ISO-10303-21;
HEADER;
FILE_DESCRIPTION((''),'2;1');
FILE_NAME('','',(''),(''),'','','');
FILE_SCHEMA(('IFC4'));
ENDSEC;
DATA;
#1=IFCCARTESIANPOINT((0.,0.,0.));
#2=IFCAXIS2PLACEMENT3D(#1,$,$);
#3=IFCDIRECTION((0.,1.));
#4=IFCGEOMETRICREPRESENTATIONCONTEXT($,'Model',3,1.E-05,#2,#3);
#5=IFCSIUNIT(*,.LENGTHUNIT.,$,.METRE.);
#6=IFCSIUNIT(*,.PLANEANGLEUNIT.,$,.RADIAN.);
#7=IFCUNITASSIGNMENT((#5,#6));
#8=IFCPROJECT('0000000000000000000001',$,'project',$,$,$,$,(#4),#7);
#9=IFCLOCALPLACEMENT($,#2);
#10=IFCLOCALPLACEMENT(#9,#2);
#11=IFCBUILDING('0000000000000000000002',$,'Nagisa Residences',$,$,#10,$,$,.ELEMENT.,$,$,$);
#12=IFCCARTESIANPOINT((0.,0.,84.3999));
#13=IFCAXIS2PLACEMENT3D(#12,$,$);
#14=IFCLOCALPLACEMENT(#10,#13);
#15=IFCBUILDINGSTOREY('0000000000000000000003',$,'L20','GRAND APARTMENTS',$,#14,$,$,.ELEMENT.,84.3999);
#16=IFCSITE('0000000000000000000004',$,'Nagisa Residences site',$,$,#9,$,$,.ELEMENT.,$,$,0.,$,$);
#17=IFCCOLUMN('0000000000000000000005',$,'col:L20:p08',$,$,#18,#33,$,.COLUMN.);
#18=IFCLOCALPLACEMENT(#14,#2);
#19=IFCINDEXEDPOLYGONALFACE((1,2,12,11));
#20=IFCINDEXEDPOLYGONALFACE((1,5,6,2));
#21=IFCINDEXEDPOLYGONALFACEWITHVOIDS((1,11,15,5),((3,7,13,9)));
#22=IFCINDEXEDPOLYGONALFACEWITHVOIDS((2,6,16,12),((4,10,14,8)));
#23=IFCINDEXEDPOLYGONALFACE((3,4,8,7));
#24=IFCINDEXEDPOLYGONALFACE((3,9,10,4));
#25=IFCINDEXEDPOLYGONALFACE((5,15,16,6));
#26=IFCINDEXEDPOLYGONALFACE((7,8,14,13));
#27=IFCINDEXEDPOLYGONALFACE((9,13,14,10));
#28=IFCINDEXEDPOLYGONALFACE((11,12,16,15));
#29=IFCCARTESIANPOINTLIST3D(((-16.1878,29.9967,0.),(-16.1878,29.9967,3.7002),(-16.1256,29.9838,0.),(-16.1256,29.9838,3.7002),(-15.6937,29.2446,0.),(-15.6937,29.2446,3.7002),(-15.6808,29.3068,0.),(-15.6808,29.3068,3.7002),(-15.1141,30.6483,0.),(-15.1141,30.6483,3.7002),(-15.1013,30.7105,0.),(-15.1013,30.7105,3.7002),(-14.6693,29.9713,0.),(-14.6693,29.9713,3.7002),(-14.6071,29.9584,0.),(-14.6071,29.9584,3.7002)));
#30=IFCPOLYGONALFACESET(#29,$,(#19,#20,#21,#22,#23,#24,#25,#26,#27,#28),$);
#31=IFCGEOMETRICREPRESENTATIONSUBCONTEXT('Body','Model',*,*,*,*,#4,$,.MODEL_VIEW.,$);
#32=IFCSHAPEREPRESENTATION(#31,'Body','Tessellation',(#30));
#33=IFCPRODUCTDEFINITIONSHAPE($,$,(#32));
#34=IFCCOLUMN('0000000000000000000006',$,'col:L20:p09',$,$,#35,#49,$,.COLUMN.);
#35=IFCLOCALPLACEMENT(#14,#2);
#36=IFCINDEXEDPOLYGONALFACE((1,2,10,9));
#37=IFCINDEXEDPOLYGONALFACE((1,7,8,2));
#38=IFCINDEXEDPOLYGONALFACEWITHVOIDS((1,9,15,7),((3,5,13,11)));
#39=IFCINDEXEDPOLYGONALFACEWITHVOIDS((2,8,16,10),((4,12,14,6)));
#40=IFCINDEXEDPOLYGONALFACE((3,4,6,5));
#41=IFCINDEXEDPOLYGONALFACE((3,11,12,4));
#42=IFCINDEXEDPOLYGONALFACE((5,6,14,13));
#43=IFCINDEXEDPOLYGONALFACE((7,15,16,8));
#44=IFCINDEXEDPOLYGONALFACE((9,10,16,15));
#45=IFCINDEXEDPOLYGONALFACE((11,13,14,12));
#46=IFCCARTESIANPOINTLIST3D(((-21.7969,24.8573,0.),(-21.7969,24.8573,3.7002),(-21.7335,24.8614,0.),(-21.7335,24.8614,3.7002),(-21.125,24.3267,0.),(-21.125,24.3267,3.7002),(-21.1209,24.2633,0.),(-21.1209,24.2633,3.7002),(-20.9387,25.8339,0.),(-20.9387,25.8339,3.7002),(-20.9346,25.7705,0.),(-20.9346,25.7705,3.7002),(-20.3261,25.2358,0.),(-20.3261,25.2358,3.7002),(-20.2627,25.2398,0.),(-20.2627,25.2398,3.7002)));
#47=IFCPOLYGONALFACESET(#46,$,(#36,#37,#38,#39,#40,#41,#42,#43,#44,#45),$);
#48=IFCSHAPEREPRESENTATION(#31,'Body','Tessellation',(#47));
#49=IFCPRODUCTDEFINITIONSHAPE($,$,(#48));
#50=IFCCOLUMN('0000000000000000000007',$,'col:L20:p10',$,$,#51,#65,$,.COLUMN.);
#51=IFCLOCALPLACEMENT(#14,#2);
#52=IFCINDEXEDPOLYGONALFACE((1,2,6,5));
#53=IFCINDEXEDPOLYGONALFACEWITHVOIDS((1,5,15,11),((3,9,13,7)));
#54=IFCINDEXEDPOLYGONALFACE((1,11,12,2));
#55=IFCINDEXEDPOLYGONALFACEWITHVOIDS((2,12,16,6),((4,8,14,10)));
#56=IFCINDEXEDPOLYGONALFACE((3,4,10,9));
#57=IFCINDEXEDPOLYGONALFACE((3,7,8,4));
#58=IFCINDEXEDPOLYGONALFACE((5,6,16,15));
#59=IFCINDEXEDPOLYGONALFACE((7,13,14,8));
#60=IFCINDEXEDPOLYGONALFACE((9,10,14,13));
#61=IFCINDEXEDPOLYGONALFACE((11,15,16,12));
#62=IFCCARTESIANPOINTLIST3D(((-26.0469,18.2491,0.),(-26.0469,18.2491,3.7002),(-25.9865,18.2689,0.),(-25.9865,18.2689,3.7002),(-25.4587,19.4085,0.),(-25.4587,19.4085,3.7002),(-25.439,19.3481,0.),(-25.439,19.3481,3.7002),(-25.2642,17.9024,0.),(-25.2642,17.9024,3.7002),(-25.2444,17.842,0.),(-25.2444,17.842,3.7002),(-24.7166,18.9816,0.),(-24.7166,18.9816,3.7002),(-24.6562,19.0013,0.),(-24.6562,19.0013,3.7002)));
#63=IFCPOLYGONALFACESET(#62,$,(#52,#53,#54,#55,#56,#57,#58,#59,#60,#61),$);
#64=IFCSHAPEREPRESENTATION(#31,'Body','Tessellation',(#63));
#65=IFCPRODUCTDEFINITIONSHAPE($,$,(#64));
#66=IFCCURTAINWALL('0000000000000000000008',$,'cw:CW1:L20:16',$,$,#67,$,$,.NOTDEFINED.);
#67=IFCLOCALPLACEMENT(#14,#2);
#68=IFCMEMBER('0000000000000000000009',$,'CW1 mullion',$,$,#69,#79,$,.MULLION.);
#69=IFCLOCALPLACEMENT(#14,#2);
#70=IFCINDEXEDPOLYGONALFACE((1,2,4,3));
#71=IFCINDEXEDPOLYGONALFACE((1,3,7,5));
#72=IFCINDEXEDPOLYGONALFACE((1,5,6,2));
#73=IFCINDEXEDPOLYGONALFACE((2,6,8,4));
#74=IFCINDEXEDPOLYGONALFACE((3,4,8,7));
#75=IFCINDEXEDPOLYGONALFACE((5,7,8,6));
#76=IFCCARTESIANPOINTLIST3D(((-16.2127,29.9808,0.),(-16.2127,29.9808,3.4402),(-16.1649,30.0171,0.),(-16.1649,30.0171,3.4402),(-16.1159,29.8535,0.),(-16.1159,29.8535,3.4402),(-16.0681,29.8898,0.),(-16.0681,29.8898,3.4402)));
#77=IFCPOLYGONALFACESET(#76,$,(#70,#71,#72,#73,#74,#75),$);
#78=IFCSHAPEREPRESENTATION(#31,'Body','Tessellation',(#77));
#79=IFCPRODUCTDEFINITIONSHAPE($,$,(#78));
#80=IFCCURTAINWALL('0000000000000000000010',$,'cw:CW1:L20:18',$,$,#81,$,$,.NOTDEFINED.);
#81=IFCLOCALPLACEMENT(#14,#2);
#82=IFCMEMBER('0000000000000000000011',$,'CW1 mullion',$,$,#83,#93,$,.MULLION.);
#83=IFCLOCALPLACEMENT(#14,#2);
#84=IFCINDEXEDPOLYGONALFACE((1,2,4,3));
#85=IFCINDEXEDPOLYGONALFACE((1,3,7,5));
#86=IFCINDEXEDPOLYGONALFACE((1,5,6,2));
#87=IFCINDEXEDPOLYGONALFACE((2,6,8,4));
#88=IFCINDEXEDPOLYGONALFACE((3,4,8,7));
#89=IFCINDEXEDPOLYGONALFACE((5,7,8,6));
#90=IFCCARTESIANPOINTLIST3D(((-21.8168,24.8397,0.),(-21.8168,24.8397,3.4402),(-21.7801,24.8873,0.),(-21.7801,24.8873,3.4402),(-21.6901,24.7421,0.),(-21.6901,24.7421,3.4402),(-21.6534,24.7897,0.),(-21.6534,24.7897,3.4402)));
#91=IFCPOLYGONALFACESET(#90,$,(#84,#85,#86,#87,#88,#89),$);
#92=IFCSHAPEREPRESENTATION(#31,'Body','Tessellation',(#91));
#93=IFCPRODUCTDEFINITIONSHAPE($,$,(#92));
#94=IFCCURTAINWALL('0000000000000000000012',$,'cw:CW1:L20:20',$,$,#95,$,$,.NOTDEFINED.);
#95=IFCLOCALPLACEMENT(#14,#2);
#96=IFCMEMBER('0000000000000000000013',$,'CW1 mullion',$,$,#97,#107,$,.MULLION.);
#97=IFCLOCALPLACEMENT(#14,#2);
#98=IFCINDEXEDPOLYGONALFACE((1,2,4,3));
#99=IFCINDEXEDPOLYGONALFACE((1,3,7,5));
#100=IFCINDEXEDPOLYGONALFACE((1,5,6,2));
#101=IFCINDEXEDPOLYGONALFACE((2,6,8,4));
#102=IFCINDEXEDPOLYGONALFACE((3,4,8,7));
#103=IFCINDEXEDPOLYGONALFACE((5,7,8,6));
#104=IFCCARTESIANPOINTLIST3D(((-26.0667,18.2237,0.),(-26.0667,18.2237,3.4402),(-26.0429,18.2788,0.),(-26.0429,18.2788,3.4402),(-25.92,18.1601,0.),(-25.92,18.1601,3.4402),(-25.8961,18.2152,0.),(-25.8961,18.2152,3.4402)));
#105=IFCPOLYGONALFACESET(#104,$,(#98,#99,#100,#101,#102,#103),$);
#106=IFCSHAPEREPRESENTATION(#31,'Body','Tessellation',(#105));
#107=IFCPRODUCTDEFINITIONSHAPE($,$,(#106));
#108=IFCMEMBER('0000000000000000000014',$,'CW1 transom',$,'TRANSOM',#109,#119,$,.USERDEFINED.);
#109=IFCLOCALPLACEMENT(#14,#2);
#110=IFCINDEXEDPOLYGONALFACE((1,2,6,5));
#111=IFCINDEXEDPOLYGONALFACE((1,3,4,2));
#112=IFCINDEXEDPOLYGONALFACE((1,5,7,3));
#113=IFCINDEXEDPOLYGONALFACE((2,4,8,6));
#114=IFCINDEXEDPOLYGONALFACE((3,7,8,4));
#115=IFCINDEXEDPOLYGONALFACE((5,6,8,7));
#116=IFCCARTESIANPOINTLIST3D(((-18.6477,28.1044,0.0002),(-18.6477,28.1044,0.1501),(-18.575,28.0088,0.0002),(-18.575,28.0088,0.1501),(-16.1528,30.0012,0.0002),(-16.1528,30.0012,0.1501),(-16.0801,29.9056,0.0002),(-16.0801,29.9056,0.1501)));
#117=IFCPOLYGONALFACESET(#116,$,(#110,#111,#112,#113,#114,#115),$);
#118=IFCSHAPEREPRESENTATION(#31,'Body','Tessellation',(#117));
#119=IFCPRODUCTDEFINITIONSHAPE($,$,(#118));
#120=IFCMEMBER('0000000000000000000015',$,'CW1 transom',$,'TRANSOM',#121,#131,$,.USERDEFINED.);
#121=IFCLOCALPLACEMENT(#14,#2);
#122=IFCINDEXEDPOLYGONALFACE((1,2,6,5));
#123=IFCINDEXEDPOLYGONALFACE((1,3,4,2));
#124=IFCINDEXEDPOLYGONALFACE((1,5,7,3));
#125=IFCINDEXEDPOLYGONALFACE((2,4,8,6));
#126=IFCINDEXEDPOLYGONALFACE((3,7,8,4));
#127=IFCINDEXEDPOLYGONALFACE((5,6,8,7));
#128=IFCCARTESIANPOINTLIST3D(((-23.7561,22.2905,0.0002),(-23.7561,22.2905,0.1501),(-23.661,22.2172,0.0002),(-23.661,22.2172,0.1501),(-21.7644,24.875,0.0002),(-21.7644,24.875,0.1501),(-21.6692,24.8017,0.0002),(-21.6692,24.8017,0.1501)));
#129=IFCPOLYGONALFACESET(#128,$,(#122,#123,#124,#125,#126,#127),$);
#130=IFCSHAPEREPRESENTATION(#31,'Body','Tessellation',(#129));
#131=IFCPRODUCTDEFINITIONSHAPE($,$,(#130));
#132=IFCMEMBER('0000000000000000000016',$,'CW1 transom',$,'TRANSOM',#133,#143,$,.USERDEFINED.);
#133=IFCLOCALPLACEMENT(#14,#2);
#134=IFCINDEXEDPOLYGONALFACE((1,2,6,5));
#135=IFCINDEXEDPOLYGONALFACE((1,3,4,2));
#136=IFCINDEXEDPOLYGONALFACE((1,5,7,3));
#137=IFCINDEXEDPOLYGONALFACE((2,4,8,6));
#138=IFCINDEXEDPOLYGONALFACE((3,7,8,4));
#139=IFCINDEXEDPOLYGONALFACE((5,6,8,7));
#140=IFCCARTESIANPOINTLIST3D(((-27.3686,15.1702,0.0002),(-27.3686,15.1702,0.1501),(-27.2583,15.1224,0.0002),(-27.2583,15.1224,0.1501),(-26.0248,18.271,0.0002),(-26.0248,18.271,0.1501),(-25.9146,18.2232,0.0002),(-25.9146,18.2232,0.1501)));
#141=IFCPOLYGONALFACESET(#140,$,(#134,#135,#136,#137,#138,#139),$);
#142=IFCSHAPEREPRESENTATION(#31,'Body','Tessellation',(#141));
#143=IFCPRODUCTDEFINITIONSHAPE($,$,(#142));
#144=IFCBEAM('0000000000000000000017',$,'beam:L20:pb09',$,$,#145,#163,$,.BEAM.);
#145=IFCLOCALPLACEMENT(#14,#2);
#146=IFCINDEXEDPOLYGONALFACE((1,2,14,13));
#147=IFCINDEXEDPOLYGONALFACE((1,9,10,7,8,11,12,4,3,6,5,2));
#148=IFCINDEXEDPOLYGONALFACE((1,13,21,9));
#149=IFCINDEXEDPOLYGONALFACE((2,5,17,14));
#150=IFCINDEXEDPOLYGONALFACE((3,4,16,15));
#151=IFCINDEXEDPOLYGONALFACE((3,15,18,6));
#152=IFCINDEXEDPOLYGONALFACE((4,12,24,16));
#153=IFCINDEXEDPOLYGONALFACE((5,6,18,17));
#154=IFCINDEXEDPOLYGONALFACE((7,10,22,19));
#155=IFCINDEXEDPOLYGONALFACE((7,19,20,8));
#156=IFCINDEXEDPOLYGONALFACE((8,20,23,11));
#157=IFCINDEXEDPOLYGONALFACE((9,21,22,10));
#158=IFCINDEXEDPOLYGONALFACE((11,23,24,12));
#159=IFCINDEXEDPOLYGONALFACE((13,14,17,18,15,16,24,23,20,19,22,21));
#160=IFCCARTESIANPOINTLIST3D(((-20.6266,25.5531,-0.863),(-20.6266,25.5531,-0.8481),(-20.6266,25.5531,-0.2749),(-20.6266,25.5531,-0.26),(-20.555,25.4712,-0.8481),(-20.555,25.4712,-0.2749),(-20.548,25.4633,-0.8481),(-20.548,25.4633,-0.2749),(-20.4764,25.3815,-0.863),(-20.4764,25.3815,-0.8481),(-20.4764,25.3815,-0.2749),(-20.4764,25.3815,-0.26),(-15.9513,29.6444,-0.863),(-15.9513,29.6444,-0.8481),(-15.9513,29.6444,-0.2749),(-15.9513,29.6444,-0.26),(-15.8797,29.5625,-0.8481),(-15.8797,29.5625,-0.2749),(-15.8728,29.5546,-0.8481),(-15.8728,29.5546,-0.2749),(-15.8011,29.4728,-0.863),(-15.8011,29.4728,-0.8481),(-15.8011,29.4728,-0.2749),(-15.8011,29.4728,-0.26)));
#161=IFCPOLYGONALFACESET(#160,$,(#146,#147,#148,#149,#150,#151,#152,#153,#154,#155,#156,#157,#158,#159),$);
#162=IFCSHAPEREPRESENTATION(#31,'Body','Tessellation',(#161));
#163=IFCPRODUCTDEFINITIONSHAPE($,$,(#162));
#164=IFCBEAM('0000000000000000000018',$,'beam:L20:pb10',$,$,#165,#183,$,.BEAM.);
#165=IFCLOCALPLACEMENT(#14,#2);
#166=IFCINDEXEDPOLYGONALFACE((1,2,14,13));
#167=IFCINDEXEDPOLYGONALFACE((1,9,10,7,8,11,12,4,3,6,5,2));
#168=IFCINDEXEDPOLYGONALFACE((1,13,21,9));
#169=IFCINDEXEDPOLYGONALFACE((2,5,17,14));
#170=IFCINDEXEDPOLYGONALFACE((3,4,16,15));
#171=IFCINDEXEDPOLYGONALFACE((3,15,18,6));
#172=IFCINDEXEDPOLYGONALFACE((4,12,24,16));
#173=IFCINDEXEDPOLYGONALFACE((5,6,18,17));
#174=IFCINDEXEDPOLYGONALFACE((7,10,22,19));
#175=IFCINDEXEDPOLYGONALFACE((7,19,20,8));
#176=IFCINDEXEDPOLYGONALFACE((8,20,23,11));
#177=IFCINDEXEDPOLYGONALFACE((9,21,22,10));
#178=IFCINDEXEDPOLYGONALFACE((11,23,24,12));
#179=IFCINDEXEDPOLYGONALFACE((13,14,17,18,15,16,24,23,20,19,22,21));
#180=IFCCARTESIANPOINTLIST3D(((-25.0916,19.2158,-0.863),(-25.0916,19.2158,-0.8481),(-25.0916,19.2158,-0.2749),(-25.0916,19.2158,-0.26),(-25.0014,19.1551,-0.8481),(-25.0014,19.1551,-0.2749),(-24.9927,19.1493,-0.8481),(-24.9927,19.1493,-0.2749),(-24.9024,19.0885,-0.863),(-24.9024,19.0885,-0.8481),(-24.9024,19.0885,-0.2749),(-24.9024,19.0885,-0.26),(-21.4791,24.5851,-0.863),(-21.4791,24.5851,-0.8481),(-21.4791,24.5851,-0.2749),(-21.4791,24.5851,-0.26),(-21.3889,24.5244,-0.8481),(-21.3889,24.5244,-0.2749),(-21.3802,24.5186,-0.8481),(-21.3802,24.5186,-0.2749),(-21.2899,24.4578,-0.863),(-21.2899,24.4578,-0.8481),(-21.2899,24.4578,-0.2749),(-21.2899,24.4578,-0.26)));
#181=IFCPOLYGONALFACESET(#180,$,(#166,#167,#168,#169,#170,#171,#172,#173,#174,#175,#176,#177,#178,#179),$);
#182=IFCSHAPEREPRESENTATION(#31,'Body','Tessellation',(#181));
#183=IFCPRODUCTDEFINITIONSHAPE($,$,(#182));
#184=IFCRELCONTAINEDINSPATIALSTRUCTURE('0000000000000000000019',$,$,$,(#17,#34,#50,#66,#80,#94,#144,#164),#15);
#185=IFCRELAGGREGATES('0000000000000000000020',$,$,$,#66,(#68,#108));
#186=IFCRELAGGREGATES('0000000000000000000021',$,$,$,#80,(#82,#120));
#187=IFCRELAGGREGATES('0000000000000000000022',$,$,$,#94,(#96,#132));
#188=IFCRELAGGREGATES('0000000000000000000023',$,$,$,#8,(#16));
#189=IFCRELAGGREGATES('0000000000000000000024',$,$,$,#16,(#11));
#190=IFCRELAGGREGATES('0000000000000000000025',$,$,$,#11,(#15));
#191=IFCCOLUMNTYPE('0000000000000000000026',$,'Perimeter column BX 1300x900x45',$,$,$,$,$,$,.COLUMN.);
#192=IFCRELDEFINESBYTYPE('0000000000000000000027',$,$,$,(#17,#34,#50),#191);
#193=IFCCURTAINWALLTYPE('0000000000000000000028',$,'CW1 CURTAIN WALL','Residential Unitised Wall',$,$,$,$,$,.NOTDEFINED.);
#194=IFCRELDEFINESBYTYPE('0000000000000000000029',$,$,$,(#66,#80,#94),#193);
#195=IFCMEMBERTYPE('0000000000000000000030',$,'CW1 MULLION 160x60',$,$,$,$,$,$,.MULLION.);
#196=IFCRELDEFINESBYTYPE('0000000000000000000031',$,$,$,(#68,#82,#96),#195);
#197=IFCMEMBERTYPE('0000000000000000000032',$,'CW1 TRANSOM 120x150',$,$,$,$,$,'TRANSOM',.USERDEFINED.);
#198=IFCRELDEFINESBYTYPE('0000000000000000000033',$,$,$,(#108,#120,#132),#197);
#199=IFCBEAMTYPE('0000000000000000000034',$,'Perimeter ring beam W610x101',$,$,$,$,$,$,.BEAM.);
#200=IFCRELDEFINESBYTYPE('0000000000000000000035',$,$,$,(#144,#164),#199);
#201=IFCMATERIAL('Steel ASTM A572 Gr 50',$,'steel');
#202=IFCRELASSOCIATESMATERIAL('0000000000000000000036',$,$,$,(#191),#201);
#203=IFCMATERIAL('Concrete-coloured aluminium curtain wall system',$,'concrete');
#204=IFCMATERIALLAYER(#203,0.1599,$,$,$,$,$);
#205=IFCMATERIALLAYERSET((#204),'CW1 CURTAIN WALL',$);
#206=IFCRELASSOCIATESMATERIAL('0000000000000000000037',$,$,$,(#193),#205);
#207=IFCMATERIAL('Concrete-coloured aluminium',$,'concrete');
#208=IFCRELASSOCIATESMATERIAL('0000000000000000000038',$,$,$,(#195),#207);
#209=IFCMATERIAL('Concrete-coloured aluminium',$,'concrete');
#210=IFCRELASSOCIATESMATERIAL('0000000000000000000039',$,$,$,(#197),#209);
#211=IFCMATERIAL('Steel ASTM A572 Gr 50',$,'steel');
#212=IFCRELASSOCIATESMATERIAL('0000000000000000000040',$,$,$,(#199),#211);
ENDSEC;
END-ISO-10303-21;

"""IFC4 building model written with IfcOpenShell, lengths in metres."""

from ifc_helpers import new_model, si_unit, direction, frame, origin, origin_2d, place, context, subcontext, project, spatial, rectangle, hollow_rectangle, i_section, extrude, material, layer, layer_set, material_profile, profile_set, type_object, element, aggregate, save


model = new_model("IFC4")

# Units and contexts
model_context = context("Model", 3, precision=1e-05, world=origin(), true_north=direction((0.0, 1.0)))
body_context = subcontext(model_context, "Body", "Model", "MODEL_VIEW")
ifc_project = project(units=[si_unit("LENGTHUNIT", "METRE"), si_unit("PLANEANGLEUNIT", "RADIAN")], contexts=[model_context])

# Site, building, storey
site_placement = place(None, origin())
site = spatial("IfcSite", under=ifc_project, at=site_placement, Name="Nagisa Residences site", CompositionType="ELEMENT", RefElevation=0.0)
building_placement = place(site_placement, origin())
building = spatial("IfcBuilding", under=site, at=building_placement, Name="Nagisa Residences", CompositionType="ELEMENT")
storey_placement = place(building_placement, frame((0.0, 0.0, 84.3999)))
storey = spatial("IfcBuildingStorey", under=building, at=storey_placement, Name="L20", Description="GRAND APARTMENTS", CompositionType="ELEMENT", Elevation=84.3999)

# Columns
ifc_material_1 = material(Name="Steel ASTM A572 Gr 50", Category="steel")
ifc_material_profile_1 = material_profile(ifc_material_1, hollow_rectangle(XDim=1.3, YDim=0.8999, WallThickness=0.0449, at=origin_2d()), Name="BX 1300x900x45")
ifc_profile_set_1 = profile_set([ifc_material_profile_1], Name="Steel ASTM A572 Gr 50")
column_type = type_object("IfcColumnType", Name="Perimeter column BX 1300x900x45", PredefinedType="COLUMN", material=ifc_profile_set_1)
for number, where, z_axis, x_axis, name in (
    (1, (-15.3975, 29.9775, 0.0), (0.0, 0.0, 1.0), (-0.835766, -0.549086, 0.0), "col:L20:p08"),
    (2, (-21.0298, 25.0486, 0.0), (0.0, 0.0, 1.0), (-0.660115, -0.751165, 0.0), "col:L20:p09"),
    (3, (-25.3516, 18.6252, 0.0), (0.0, 0.0, 1.0), (-0.452463, -0.891783, 0.0), "col:L20:p10"),
):
    element("IfcColumn", number, at=place(storey_placement, frame(where, z_axis=z_axis, x_axis=x_axis)), inside=storey, type_object=column_type, Name=name, PredefinedType="COLUMN", context=body_context, shape_type="SweptSolid", body=[
        extrude(hollow_rectangle(XDim=1.3, YDim=0.8999, WallThickness=0.0449, at=origin_2d()), origin(), (0.0, 0.0, 1.0), 3.7002),
    ])

# Curtain walls, members
ifc_material_2 = material(Name="Concrete-coloured aluminium curtain wall system", Category="concrete")
ifc_layer_1 = layer(ifc_material_2, 0.1599)
ifc_layer_set_1 = layer_set([ifc_layer_1], Name="CW1 CURTAIN WALL")
curtain_wall_type = type_object("IfcCurtainWallType", Name="CW1 CURTAIN WALL", Description="Residential Unitised Wall", PredefinedType="NOTDEFINED", material=ifc_layer_set_1)
curtain_wall_1_placement = place(storey_placement, origin())
curtain_wall_1 = element("IfcCurtainWall", 4, at=curtain_wall_1_placement, inside=storey, type_object=curtain_wall_type, Name="cw:CW1:L20:16", PredefinedType="NOTDEFINED")
ifc_material_3 = material(Name="Concrete-coloured aluminium", Category="concrete")
ifc_material_profile_2 = material_profile(ifc_material_3, rectangle(XDim=0.1599, YDim=0.0601, at=origin_2d()), Name="CW1 MULLION 160x60")
ifc_profile_set_2 = profile_set([ifc_material_profile_2], Name="Concrete-coloured aluminium")
member_type_1 = type_object("IfcMemberType", Name="CW1 MULLION 160x60", PredefinedType="MULLION", material=ifc_profile_set_2)
member_1_placement = place(storey_placement, frame((-16.1404, 29.9353, 0.0), z_axis=(0.0, 0.0, 1.0), x_axis=(0.605255, -0.796031, 0.0)))
member_1 = element("IfcMember", 5, at=member_1_placement, type_object=member_type_1, Name="CW1 mullion", PredefinedType="MULLION", context=body_context, shape_type="SweptSolid", body=[
    extrude(rectangle(XDim=0.1599, YDim=0.0601, at=origin_2d()), origin(), (0.0, 0.0, 1.0), 3.4402),
])
curtain_wall_2_placement = place(storey_placement, origin())
curtain_wall_2 = element("IfcCurtainWall", 6, at=curtain_wall_2_placement, inside=storey, type_object=curtain_wall_type, Name="cw:CW1:L20:18", PredefinedType="NOTDEFINED")
member_2_placement = place(storey_placement, frame((-21.7351, 24.8147, 0.0), z_axis=(0.0, 0.0, 1.0), x_axis=(0.79207, -0.61043, 0.0)))
member_2 = element("IfcMember", 7, at=member_2_placement, type_object=member_type_1, Name="CW1 mullion", PredefinedType="MULLION", context=body_context, shape_type="SweptSolid", body=[
    extrude(rectangle(XDim=0.1599, YDim=0.0601, at=origin_2d()), origin(), (0.0, 0.0, 1.0), 3.4402),
])
curtain_wall_3_placement = place(storey_placement, origin())
curtain_wall_3 = element("IfcCurtainWall", 8, at=curtain_wall_3_placement, inside=storey, type_object=curtain_wall_type, Name="cw:CW1:L20:20", PredefinedType="NOTDEFINED")
member_3_placement = place(storey_placement, frame((-25.9814, 18.2195, 0.0), z_axis=(0.0, 0.0, 1.0), x_axis=(0.917543, -0.397636, 0.0)))
member_3 = element("IfcMember", 9, at=member_3_placement, type_object=member_type_1, Name="CW1 mullion", PredefinedType="MULLION", context=body_context, shape_type="SweptSolid", body=[
    extrude(rectangle(XDim=0.1599, YDim=0.0601, at=origin_2d()), origin(), (0.0, 0.0, 1.0), 3.4402),
])

# Members
ifc_material_4 = material(Name="Concrete-coloured aluminium", Category="concrete")
ifc_material_profile_3 = material_profile(ifc_material_4, rectangle(XDim=0.1201, YDim=0.1499, at=origin_2d()), Name="CW1 TRANSOM 120x150")
ifc_profile_set_3 = profile_set([ifc_material_profile_3], Name="Concrete-coloured aluminium")
member_type_2 = type_object("IfcMemberType", Name="CW1 TRANSOM 120x150", ElementType="TRANSOM", PredefinedType="USERDEFINED", material=ifc_profile_set_3)
member_4_placement = place(storey_placement, frame((-16.1165, 29.9534, 0.0752), z_axis=(-0.796066, -0.60521, 0.0), x_axis=(0.60521, -0.796066, 0.0)))
member_4 = element("IfcMember", 10, at=member_4_placement, type_object=member_type_2, Name="CW1 transom", ObjectType="TRANSOM", PredefinedType="USERDEFINED", context=body_context, shape_type="SweptSolid", body=[
    extrude(rectangle(XDim=0.1201, YDim=0.1499, at=origin_2d()), origin(), (0.0, 0.0, 1.0), 3.134),
])
member_5_placement = place(storey_placement, frame((-21.7168, 24.8384, 0.0752), z_axis=(-0.610412, -0.792084, 0.0), x_axis=(0.792084, -0.610412, 0.0)))
member_5 = element("IfcMember", 11, at=member_5_placement, type_object=member_type_2, Name="CW1 transom", ObjectType="TRANSOM", PredefinedType="USERDEFINED", context=body_context, shape_type="SweptSolid", body=[
    extrude(rectangle(XDim=0.1201, YDim=0.1499, at=origin_2d()), origin(), (0.0, 0.0, 1.0), 3.2629),
])
member_6_placement = place(storey_placement, frame((-25.9697, 18.2471, 0.0752), z_axis=(-0.397622, -0.917549, 0.0), x_axis=(0.917549, -0.397622, 0.0)))
member_6 = element("IfcMember", 12, at=member_6_placement, type_object=member_type_2, Name="CW1 transom", ObjectType="TRANSOM", PredefinedType="USERDEFINED", context=body_context, shape_type="SweptSolid", body=[
    extrude(rectangle(XDim=0.1201, YDim=0.1499, at=origin_2d()), origin(), (0.0, 0.0, 1.0), 3.3794),
])

# Beams
ifc_material_5 = material(Name="Steel ASTM A572 Gr 50", Category="steel")
ifc_material_profile_4 = material_profile(ifc_material_5, i_section(OverallWidth=0.228, OverallDepth=0.603, WebThickness=0.0105, FlangeThickness=0.0149, at=origin_2d()), Name="W610x101")
ifc_profile_set_4 = profile_set([ifc_material_profile_4], Name="Steel ASTM A572 Gr 50")
beam_type_1 = type_object("IfcBeamType", Name="Perimeter ring beam W610x101", PredefinedType="BEAM", material=ifc_profile_set_4)
beam_1_placement = place(storey_placement, frame((-15.8762, 29.5586, -0.5615), z_axis=(-0.752543, -0.658544, 0.0), x_axis=(0.658544, -0.752543, 0.0)))
element("IfcBeam", 13, at=beam_1_placement, inside=storey, type_object=beam_type_1, Name="beam:L20:pb09", PredefinedType="BEAM", context=body_context, shape_type="SweptSolid", body=[
    extrude(i_section(OverallWidth=0.228, OverallDepth=0.603, WebThickness=0.0105, FlangeThickness=0.0149, at=origin_2d()), origin(), (0.0, 0.0, 1.0), 6.2126),
])
beam_2_placement = place(storey_placement, frame((-21.3845, 24.5215, -0.5615), z_axis=(-0.558221, -0.829692, 0.0), x_axis=(0.829692, -0.558221, 0.0)))
element("IfcBeam", 14, at=beam_2_placement, inside=storey, type_object=beam_type_1, Name="beam:L20:pb10", PredefinedType="BEAM", context=body_context, shape_type="SweptSolid", body=[
    extrude(i_section(OverallWidth=0.228, OverallDepth=0.603, WebThickness=0.0105, FlangeThickness=0.0149, at=origin_2d()), origin(), (0.0, 0.0, 1.0), 6.4714),
])

aggregate(curtain_wall_1, [member_1, member_4])
aggregate(curtain_wall_2, [member_2, member_5])
aggregate(curtain_wall_3, [member_3, member_6])

save(model, "model.ifc")
